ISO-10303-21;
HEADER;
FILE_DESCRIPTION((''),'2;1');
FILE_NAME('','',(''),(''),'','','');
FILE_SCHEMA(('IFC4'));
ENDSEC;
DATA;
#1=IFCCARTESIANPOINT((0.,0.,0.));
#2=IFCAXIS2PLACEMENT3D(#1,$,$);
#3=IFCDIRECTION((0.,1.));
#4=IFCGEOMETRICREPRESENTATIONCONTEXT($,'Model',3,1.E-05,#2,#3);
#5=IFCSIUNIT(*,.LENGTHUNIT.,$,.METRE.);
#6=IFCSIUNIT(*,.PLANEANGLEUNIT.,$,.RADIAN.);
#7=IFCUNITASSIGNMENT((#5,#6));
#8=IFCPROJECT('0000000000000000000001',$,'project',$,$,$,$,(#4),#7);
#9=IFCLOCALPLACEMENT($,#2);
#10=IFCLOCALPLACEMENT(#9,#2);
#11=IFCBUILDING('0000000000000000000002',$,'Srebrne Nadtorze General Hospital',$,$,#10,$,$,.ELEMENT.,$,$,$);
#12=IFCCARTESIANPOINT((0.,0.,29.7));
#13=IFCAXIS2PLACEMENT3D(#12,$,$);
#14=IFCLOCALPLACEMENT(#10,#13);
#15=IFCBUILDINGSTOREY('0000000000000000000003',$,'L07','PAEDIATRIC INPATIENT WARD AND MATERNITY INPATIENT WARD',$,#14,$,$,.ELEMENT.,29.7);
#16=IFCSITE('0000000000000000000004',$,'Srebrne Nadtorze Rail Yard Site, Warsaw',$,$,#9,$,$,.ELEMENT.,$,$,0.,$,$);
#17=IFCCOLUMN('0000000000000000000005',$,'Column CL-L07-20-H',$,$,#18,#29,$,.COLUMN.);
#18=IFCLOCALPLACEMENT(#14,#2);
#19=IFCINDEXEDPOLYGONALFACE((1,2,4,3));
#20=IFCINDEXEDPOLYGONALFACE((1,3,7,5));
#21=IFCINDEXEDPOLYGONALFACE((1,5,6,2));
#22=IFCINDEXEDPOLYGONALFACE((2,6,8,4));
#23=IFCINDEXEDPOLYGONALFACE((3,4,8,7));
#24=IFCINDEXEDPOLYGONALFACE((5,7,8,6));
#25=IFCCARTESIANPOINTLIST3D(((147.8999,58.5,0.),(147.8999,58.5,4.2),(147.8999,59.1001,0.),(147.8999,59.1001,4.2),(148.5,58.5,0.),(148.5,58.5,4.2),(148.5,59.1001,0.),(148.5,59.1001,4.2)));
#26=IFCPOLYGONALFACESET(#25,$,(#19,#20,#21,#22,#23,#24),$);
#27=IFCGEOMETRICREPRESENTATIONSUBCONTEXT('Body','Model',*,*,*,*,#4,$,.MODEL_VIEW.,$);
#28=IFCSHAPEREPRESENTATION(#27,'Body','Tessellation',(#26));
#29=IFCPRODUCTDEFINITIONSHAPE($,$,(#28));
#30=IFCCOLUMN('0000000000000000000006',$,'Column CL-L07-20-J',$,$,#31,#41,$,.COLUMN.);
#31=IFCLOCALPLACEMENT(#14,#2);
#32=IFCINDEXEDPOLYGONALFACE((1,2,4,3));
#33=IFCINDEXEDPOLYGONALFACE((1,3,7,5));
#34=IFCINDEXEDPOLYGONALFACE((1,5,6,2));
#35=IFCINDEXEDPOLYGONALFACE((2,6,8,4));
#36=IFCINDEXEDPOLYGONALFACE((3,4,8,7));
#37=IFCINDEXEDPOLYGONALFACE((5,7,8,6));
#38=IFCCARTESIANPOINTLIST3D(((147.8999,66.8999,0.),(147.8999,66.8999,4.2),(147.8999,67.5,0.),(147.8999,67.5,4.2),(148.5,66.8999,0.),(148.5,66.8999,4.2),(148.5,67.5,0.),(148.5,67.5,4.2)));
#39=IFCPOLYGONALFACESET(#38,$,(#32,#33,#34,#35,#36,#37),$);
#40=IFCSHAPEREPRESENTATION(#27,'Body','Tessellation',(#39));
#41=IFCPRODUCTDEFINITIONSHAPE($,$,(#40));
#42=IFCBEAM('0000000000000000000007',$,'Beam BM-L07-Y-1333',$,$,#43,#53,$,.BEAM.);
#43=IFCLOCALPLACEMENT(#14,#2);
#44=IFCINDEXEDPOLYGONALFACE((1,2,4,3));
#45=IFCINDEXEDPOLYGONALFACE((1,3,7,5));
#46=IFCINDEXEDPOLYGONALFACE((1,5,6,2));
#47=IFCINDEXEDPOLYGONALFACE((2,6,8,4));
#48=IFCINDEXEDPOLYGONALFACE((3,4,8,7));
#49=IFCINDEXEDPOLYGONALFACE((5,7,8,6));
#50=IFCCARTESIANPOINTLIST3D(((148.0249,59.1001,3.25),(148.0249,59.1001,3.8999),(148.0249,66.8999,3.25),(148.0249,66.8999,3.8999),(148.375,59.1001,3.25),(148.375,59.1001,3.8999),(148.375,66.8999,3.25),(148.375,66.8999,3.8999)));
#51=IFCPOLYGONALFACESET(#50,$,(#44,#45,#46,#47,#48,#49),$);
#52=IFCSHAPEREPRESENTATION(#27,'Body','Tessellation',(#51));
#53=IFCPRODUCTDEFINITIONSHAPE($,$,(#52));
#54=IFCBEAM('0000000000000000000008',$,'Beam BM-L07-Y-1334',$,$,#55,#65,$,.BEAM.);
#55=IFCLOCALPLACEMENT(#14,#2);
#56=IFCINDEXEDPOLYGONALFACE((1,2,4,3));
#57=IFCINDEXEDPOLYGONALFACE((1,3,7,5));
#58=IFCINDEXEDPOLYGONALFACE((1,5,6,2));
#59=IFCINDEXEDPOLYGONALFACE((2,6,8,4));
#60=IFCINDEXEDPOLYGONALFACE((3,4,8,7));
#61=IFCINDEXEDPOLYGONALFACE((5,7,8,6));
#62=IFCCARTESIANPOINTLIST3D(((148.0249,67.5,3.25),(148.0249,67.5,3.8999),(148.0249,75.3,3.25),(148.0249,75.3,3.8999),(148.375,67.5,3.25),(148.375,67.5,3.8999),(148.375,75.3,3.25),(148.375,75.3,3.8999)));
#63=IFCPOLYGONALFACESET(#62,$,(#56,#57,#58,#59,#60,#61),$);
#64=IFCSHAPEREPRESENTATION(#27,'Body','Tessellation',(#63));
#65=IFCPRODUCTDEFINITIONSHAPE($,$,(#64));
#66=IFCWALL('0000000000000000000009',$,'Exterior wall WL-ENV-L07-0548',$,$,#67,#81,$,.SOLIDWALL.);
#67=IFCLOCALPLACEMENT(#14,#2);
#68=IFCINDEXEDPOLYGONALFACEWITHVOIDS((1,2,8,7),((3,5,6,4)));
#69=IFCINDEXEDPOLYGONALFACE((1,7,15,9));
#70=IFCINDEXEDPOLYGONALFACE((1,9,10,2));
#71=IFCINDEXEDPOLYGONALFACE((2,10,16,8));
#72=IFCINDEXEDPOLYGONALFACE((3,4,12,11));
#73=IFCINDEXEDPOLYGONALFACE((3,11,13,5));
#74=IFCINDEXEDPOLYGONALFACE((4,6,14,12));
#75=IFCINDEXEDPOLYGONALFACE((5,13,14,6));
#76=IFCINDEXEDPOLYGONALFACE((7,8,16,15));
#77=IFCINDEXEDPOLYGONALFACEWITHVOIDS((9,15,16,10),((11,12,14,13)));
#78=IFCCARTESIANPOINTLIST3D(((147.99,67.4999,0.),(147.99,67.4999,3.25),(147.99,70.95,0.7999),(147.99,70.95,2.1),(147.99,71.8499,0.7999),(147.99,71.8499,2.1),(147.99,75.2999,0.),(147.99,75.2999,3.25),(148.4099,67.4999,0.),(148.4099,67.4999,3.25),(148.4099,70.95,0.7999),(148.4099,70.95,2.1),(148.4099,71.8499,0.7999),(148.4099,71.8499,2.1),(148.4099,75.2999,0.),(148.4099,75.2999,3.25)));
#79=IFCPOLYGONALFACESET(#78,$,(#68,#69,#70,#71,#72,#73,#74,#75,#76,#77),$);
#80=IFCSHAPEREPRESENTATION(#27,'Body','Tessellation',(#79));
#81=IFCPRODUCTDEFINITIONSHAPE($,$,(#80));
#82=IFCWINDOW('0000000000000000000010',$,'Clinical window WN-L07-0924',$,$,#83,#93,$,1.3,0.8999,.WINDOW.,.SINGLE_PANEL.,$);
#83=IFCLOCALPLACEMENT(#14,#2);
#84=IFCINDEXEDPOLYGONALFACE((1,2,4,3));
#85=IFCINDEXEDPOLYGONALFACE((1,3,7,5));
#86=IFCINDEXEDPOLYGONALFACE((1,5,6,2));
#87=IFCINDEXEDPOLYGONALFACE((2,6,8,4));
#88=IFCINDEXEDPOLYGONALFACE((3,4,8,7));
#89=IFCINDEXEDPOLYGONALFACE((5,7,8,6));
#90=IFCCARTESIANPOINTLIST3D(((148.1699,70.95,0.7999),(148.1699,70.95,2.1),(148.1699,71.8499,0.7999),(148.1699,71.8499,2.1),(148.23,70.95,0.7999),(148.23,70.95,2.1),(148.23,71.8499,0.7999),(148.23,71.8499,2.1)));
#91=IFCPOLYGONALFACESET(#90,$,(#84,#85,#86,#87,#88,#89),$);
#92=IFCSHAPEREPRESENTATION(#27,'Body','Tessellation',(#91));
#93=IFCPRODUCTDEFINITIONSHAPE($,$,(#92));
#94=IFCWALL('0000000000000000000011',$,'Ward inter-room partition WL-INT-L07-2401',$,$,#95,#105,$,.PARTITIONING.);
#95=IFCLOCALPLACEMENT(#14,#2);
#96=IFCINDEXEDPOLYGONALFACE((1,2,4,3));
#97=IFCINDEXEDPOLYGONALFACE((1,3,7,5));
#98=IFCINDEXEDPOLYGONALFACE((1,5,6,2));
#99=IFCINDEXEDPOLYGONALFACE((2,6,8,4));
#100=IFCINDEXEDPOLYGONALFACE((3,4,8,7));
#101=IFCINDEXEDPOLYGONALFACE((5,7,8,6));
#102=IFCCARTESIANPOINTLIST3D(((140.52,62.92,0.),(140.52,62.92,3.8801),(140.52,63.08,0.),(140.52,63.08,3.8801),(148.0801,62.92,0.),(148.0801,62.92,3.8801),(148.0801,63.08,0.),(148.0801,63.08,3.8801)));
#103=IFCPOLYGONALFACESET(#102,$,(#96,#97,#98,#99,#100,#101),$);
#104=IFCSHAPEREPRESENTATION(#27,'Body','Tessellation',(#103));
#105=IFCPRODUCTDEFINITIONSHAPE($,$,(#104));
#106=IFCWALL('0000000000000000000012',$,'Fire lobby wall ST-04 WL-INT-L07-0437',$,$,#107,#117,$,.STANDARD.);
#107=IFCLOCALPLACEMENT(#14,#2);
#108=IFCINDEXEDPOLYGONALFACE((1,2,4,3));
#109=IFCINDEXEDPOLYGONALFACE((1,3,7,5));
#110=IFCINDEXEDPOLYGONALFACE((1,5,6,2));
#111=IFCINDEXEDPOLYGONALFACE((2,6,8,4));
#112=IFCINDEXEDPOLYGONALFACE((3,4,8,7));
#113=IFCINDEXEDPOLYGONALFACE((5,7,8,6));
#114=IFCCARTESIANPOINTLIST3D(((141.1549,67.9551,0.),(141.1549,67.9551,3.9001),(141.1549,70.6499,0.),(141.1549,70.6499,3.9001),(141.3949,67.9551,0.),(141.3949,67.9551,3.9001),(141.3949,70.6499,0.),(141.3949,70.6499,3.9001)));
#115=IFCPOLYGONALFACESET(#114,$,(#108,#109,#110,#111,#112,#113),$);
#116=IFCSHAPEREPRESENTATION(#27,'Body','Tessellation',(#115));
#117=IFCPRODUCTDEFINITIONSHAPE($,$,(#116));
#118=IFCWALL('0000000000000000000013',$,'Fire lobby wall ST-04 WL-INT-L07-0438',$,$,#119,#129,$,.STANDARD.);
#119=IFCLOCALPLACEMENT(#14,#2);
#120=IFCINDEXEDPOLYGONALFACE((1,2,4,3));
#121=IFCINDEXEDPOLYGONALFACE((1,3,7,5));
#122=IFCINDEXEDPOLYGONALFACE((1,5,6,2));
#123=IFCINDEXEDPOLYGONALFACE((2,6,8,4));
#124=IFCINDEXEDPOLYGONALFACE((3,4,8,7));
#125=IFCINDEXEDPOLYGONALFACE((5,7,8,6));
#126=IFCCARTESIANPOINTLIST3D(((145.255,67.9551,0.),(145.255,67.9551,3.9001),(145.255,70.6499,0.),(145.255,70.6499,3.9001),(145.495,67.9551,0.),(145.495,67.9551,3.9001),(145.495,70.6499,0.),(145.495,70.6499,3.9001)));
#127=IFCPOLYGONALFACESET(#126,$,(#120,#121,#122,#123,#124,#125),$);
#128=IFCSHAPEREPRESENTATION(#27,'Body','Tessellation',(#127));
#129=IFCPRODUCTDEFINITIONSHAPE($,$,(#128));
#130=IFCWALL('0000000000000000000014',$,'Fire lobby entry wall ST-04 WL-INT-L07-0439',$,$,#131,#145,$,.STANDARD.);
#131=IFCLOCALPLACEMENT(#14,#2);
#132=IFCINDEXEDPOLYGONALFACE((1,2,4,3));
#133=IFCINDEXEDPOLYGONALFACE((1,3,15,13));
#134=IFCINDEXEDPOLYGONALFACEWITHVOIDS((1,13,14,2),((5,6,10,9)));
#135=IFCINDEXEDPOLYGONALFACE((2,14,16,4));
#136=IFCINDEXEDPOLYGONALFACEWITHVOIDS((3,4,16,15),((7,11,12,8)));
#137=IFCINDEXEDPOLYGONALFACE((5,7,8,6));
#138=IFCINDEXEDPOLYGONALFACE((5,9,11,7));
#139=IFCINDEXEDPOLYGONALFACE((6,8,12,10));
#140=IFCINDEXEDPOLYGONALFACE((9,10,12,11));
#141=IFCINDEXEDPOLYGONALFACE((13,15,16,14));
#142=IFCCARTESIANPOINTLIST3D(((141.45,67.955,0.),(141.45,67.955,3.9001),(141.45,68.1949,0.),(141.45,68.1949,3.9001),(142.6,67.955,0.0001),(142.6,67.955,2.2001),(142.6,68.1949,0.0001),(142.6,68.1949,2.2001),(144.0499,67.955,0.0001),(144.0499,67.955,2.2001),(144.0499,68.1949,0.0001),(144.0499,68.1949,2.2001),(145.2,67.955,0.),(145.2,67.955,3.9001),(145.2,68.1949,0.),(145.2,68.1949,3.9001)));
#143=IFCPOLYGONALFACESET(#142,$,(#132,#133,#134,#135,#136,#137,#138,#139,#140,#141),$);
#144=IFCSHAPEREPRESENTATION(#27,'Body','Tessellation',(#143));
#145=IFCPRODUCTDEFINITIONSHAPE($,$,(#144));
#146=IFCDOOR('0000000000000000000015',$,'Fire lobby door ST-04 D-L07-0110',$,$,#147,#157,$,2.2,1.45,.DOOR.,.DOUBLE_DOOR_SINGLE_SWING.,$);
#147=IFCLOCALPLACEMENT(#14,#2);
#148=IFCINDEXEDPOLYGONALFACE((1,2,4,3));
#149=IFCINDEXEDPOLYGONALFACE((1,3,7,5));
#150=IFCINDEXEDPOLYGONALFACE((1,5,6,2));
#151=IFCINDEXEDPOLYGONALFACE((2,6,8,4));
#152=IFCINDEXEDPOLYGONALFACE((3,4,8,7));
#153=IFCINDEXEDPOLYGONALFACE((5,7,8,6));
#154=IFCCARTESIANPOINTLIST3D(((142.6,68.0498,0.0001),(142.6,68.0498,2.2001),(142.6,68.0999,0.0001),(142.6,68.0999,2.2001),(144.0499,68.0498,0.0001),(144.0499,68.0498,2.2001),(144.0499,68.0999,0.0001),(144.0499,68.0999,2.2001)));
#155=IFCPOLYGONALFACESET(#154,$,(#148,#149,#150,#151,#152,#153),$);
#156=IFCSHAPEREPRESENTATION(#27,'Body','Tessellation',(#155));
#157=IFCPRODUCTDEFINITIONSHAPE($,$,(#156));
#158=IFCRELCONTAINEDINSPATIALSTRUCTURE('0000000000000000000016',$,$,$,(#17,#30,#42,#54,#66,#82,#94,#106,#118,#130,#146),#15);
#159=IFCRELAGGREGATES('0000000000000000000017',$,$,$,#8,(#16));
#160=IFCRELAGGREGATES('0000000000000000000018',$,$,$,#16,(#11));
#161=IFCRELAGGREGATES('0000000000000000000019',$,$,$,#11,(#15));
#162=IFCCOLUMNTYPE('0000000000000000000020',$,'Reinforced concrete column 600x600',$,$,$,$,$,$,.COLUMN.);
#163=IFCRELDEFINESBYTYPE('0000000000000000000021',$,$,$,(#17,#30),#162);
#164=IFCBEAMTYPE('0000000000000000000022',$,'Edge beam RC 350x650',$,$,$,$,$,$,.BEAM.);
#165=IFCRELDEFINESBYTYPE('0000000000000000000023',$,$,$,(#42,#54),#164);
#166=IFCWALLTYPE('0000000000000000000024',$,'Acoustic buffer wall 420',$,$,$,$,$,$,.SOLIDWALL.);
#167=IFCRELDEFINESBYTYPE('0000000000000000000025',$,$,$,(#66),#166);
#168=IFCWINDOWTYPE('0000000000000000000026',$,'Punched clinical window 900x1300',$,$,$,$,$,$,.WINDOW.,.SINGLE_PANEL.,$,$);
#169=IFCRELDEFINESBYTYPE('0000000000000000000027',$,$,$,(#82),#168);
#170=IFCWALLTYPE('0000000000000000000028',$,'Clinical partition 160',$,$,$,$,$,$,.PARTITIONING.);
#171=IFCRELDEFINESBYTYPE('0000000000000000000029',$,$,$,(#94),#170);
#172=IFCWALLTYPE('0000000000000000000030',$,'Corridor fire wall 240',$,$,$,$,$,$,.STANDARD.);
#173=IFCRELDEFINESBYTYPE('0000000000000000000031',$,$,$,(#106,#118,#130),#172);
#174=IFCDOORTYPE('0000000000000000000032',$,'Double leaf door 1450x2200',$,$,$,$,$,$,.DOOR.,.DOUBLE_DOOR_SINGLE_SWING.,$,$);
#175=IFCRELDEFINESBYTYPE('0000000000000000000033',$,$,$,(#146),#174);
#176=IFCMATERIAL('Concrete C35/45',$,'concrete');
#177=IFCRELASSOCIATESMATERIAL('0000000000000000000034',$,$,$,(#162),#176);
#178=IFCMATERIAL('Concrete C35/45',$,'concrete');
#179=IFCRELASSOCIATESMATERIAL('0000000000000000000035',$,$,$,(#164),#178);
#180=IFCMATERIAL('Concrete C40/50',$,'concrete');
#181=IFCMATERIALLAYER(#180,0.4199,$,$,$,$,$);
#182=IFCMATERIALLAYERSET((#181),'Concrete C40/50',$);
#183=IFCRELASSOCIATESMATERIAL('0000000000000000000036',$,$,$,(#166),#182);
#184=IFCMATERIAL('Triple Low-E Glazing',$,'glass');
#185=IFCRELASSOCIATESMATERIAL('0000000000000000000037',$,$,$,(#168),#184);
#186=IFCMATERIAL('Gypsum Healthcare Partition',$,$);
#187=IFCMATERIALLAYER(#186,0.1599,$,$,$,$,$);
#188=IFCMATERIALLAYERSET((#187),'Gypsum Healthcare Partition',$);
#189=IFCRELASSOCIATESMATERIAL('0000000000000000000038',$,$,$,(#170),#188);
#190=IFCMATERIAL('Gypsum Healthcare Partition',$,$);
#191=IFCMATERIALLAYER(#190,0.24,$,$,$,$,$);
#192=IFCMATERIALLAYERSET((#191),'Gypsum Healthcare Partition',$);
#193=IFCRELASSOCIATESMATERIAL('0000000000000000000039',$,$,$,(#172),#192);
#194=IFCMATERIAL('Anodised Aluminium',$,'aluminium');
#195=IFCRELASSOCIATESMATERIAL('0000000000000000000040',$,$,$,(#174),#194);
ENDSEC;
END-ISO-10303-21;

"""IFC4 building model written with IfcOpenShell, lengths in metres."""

from ifc_helpers import new_model, si_unit, direction, frame, frame_2d, origin, origin_2d, place, context, subcontext, project, spatial, rectangle, extrude, material, layer, layer_set, material_profile, profile_set, type_object, element, fill, save


model = new_model("IFC4")

# Units and contexts
model_context = context("Model", 3, precision=1e-05, world=origin(), true_north=direction((0.0, 1.0)))
body_context = subcontext(model_context, "Body", "Model", "MODEL_VIEW")
ifc_project = project(units=[si_unit("LENGTHUNIT", "METRE"), si_unit("PLANEANGLEUNIT", "RADIAN")], contexts=[model_context])

# Site, building, storey
site_placement = place(None, origin())
site = spatial("IfcSite", under=ifc_project, at=site_placement, Name="Srebrne Nadtorze Rail Yard Site, Warsaw", CompositionType="ELEMENT", RefElevation=0.0)
building_placement = place(site_placement, origin())
building = spatial("IfcBuilding", under=site, at=building_placement, Name="Srebrne Nadtorze General Hospital", CompositionType="ELEMENT")
storey_placement = place(building_placement, frame((0.0, 0.0, 29.7)))
storey = spatial("IfcBuildingStorey", under=building, at=storey_placement, Name="L07", Description="PAEDIATRIC INPATIENT WARD AND MATERNITY INPATIENT WARD", CompositionType="ELEMENT", Elevation=29.7)

# Columns
ifc_material_1 = material(Name="Concrete C35/45", Category="concrete")
ifc_material_profile_1 = material_profile(ifc_material_1, rectangle(XDim=0.6001, YDim=0.6001, at=origin_2d()), Name="RC-COL-600x600")
ifc_profile_set_1 = profile_set([ifc_material_profile_1], Name="Concrete C35/45")
column_type = type_object("IfcColumnType", Name="Reinforced concrete column 600x600", PredefinedType="COLUMN", material=ifc_profile_set_1)
for number, where, z_axis, x_axis, name in (
    (1, (148.2, 58.8, 0.0), (0.0, 0.0, 1.0), (1.0, 0.0, 0.0), "Column CL-L07-20-H"),
    (2, (148.2, 67.2, 0.0), (0.0, 0.0, 1.0), (1.0, 0.0, 0.0), "Column CL-L07-20-J"),
):
    element("IfcColumn", number, at=place(storey_placement, frame(where, z_axis=z_axis, x_axis=x_axis)), inside=storey, type_object=column_type, Name=name, PredefinedType="COLUMN", context=body_context, shape_type="SweptSolid", body=[
        extrude(rectangle(XDim=0.6001, YDim=0.6001, at=origin_2d()), origin(), (0.0, 0.0, 1.0), 4.2),
    ])

# Beams
ifc_material_2 = material(Name="Concrete C35/45", Category="concrete")
ifc_material_profile_2 = material_profile(ifc_material_2, rectangle(XDim=0.3501, YDim=0.6499, at=origin_2d()), Name="RC-BM-350x650")
ifc_profile_set_2 = profile_set([ifc_material_profile_2], Name="Concrete C35/45")
beam_type = type_object("IfcBeamType", Name="Edge beam RC 350x650", PredefinedType="BEAM", material=ifc_profile_set_2)
beam_1_placement = place(storey_placement, frame((148.2, 59.1001, 3.575), z_axis=(0.0, 1.0, 0.0), x_axis=(-1.0, 0.0, 0.0)))
element("IfcBeam", 3, at=beam_1_placement, inside=storey, type_object=beam_type, Name="Beam BM-L07-Y-1333", PredefinedType="BEAM", context=body_context, shape_type="SweptSolid", body=[
    extrude(rectangle(XDim=0.3501, YDim=0.6499, at=origin_2d()), origin(), (0.0, 0.0, 1.0), 7.7998),
])
beam_2_placement = place(storey_placement, frame((148.2, 67.5, 3.575), z_axis=(0.0, 1.0, 0.0), x_axis=(-1.0, 0.0, 0.0)))
element("IfcBeam", 4, at=beam_2_placement, inside=storey, type_object=beam_type, Name="Beam BM-L07-Y-1334", PredefinedType="BEAM", context=body_context, shape_type="SweptSolid", body=[
    extrude(rectangle(XDim=0.3501, YDim=0.6499, at=origin_2d()), origin(), (0.0, 0.0, 1.0), 7.8),
])

# Wall, opening, window
ifc_material_3 = material(Name="Concrete C40/50", Category="concrete")
ifc_layer_1 = layer(ifc_material_3, 0.4199)
ifc_layer_set_1 = layer_set([ifc_layer_1], Name="Concrete C40/50")
wall_type_1 = type_object("IfcWallType", Name="Acoustic buffer wall 420", PredefinedType="SOLIDWALL", material=ifc_layer_set_1)
wall_1_placement = place(storey_placement, frame((148.2, 67.5, 0.0), z_axis=(0.0, 0.0, 1.0), x_axis=(0.0, 1.0, 0.0)))
wall_1 = element("IfcWall", 5, at=wall_1_placement, inside=storey, type_object=wall_type_1, Name="Exterior wall WL-ENV-L07-0548", PredefinedType="SOLIDWALL", context=body_context, shape_type="SweptSolid", body=[
    extrude(rectangle(XDim=7.8, YDim=0.4199, at=frame_2d((3.8999, 0.0))), origin(), (0.0, 0.0, 1.0), 3.25),
])
opening_1_placement = place(wall_1_placement, frame((3.45, 0.0, 0.8)))
opening_1 = element("IfcOpeningElement", 6, at=opening_1_placement, cuts=wall_1, PredefinedType="OPENING", context=body_context, shape_type="SweptSolid", body=[
    extrude(rectangle(XDim=0.8999, YDim=1.3, at=frame_2d((0.45, 0.6499))), frame((0.0, 0.2219, 0.0), z_axis=(0.0, -1.0, 0.0), x_axis=(1.0, 0.0, 0.0)), (0.0, 0.0, 1.0), 0.4438),
])
ifc_material_4 = material(Name="Triple Low-E Glazing", Category="glass")
window_type_1 = type_object("IfcWindowType", Name="Punched clinical window 900x1300", PartitioningType="SINGLE_PANEL", PredefinedType="WINDOW", material=ifc_material_4)
window_1_placement = place(opening_1_placement, origin())
window_1 = element("IfcWindow", 7, at=window_1_placement, inside=storey, type_object=window_type_1, Name="Clinical window WN-L07-0924", OverallHeight=1.3, OverallWidth=0.8999, PartitioningType="SINGLE_PANEL", PredefinedType="WINDOW", context=body_context, shape_type="SweptSolid", body=[
    extrude(rectangle(XDim=0.8999, YDim=1.3, at=frame_2d((0.45, 0.6499))), frame((0.0, 0.03, 0.0), z_axis=(0.0, -1.0, 0.0), x_axis=(1.0, 0.0, 0.0)), (0.0, 0.0, 1.0), 0.0601),
])
fill(opening_1, window_1)

# Walls
ifc_material_5 = material(Name="Gypsum Healthcare Partition")
ifc_layer_2 = layer(ifc_material_5, 0.1599)
ifc_layer_set_2 = layer_set([ifc_layer_2], Name="Gypsum Healthcare Partition")
wall_type_2 = type_object("IfcWallType", Name="Clinical partition 160", PredefinedType="PARTITIONING", material=ifc_layer_set_2)
wall_2_placement = place(storey_placement, frame((140.52, 63.0, 0.0), z_axis=(0.0, 0.0, 1.0), x_axis=(1.0, 0.0, 0.0)))
element("IfcWall", 8, at=wall_2_placement, inside=storey, type_object=wall_type_2, Name="Ward inter-room partition WL-INT-L07-2401", PredefinedType="PARTITIONING", context=body_context, shape_type="SweptSolid", body=[
    extrude(rectangle(XDim=7.5601, YDim=0.1599, at=frame_2d((3.78, 0.0))), origin(), (0.0, 0.0, 1.0), 3.8801),
])
ifc_material_6 = material(Name="Gypsum Healthcare Partition")
ifc_layer_3 = layer(ifc_material_6, 0.24)
ifc_layer_set_3 = layer_set([ifc_layer_3], Name="Gypsum Healthcare Partition")
wall_type_3 = type_object("IfcWallType", Name="Corridor fire wall 240", PredefinedType="STANDARD", material=ifc_layer_set_3)
for number, where, z_axis, x_axis, name in (
    (9, (141.2749, 67.9551, 0.0), (0.0, 0.0, 1.0), (0.0, 1.0, 0.0), "Fire lobby wall ST-04 WL-INT-L07-0437"),
    (10, (145.375, 67.9551, 0.0), (0.0, 0.0, 1.0), (0.0, 1.0, 0.0), "Fire lobby wall ST-04 WL-INT-L07-0438"),
):
    element("IfcWall", number, at=place(storey_placement, frame(where, z_axis=z_axis, x_axis=x_axis)), inside=storey, type_object=wall_type_3, Name=name, PredefinedType="STANDARD", context=body_context, shape_type="SweptSolid", body=[
        extrude(rectangle(XDim=2.6948, YDim=0.24, at=frame_2d((1.3474, 0.0))), origin(), (0.0, 0.0, 1.0), 3.9001),
    ])

# Wall, opening, door
wall_3_placement = place(storey_placement, frame((141.45, 68.075, 0.0), z_axis=(0.0, 0.0, 1.0), x_axis=(1.0, 0.0, 0.0)))
wall_3 = element("IfcWall", 11, at=wall_3_placement, inside=storey, type_object=wall_type_3, Name="Fire lobby entry wall ST-04 WL-INT-L07-0439", PredefinedType="STANDARD", context=body_context, shape_type="SweptSolid", body=[
    extrude(rectangle(XDim=3.75, YDim=0.24, at=frame_2d((1.875, 0.0))), origin(), (0.0, 0.0, 1.0), 3.9001),
])
opening_2_placement = place(wall_3_placement, frame((1.1499, 0.0, 0.0)))
opening_2 = element("IfcOpeningElement", 12, at=opening_2_placement, cuts=wall_3, PredefinedType="OPENING", context=body_context, shape_type="SweptSolid", body=[
    extrude(rectangle(XDim=1.45, YDim=2.2, at=frame_2d((0.7251, 1.1001))), frame((0.0, 0.1318, 0.0), z_axis=(0.0, -1.0, 0.0), x_axis=(1.0, 0.0, 0.0)), (0.0, 0.0, 1.0), 0.2639),
])
ifc_material_7 = material(Name="Anodised Aluminium", Category="aluminium")
door_type_1 = type_object("IfcDoorType", Name="Double leaf door 1450x2200", OperationType="DOUBLE_DOOR_SINGLE_SWING", PredefinedType="DOOR", material=ifc_material_7)
door_1_placement = place(opening_2_placement, origin())
door_1 = element("IfcDoor", 13, at=door_1_placement, inside=storey, type_object=door_type_1, Name="Fire lobby door ST-04 D-L07-0110", OperationType="DOUBLE_DOOR_SINGLE_SWING", OverallHeight=2.2, OverallWidth=1.45, PredefinedType="DOOR", context=body_context, shape_type="SweptSolid", body=[
    extrude(rectangle(XDim=1.45, YDim=2.2, at=frame_2d((0.7251, 1.1001))), frame((0.0, 0.0249, 0.0), z_axis=(0.0, -1.0, 0.0), x_axis=(1.0, 0.0, 0.0)), (0.0, 0.0, 1.0), 0.05),
])
fill(opening_2, door_1)

save(model, "model.ifc")
